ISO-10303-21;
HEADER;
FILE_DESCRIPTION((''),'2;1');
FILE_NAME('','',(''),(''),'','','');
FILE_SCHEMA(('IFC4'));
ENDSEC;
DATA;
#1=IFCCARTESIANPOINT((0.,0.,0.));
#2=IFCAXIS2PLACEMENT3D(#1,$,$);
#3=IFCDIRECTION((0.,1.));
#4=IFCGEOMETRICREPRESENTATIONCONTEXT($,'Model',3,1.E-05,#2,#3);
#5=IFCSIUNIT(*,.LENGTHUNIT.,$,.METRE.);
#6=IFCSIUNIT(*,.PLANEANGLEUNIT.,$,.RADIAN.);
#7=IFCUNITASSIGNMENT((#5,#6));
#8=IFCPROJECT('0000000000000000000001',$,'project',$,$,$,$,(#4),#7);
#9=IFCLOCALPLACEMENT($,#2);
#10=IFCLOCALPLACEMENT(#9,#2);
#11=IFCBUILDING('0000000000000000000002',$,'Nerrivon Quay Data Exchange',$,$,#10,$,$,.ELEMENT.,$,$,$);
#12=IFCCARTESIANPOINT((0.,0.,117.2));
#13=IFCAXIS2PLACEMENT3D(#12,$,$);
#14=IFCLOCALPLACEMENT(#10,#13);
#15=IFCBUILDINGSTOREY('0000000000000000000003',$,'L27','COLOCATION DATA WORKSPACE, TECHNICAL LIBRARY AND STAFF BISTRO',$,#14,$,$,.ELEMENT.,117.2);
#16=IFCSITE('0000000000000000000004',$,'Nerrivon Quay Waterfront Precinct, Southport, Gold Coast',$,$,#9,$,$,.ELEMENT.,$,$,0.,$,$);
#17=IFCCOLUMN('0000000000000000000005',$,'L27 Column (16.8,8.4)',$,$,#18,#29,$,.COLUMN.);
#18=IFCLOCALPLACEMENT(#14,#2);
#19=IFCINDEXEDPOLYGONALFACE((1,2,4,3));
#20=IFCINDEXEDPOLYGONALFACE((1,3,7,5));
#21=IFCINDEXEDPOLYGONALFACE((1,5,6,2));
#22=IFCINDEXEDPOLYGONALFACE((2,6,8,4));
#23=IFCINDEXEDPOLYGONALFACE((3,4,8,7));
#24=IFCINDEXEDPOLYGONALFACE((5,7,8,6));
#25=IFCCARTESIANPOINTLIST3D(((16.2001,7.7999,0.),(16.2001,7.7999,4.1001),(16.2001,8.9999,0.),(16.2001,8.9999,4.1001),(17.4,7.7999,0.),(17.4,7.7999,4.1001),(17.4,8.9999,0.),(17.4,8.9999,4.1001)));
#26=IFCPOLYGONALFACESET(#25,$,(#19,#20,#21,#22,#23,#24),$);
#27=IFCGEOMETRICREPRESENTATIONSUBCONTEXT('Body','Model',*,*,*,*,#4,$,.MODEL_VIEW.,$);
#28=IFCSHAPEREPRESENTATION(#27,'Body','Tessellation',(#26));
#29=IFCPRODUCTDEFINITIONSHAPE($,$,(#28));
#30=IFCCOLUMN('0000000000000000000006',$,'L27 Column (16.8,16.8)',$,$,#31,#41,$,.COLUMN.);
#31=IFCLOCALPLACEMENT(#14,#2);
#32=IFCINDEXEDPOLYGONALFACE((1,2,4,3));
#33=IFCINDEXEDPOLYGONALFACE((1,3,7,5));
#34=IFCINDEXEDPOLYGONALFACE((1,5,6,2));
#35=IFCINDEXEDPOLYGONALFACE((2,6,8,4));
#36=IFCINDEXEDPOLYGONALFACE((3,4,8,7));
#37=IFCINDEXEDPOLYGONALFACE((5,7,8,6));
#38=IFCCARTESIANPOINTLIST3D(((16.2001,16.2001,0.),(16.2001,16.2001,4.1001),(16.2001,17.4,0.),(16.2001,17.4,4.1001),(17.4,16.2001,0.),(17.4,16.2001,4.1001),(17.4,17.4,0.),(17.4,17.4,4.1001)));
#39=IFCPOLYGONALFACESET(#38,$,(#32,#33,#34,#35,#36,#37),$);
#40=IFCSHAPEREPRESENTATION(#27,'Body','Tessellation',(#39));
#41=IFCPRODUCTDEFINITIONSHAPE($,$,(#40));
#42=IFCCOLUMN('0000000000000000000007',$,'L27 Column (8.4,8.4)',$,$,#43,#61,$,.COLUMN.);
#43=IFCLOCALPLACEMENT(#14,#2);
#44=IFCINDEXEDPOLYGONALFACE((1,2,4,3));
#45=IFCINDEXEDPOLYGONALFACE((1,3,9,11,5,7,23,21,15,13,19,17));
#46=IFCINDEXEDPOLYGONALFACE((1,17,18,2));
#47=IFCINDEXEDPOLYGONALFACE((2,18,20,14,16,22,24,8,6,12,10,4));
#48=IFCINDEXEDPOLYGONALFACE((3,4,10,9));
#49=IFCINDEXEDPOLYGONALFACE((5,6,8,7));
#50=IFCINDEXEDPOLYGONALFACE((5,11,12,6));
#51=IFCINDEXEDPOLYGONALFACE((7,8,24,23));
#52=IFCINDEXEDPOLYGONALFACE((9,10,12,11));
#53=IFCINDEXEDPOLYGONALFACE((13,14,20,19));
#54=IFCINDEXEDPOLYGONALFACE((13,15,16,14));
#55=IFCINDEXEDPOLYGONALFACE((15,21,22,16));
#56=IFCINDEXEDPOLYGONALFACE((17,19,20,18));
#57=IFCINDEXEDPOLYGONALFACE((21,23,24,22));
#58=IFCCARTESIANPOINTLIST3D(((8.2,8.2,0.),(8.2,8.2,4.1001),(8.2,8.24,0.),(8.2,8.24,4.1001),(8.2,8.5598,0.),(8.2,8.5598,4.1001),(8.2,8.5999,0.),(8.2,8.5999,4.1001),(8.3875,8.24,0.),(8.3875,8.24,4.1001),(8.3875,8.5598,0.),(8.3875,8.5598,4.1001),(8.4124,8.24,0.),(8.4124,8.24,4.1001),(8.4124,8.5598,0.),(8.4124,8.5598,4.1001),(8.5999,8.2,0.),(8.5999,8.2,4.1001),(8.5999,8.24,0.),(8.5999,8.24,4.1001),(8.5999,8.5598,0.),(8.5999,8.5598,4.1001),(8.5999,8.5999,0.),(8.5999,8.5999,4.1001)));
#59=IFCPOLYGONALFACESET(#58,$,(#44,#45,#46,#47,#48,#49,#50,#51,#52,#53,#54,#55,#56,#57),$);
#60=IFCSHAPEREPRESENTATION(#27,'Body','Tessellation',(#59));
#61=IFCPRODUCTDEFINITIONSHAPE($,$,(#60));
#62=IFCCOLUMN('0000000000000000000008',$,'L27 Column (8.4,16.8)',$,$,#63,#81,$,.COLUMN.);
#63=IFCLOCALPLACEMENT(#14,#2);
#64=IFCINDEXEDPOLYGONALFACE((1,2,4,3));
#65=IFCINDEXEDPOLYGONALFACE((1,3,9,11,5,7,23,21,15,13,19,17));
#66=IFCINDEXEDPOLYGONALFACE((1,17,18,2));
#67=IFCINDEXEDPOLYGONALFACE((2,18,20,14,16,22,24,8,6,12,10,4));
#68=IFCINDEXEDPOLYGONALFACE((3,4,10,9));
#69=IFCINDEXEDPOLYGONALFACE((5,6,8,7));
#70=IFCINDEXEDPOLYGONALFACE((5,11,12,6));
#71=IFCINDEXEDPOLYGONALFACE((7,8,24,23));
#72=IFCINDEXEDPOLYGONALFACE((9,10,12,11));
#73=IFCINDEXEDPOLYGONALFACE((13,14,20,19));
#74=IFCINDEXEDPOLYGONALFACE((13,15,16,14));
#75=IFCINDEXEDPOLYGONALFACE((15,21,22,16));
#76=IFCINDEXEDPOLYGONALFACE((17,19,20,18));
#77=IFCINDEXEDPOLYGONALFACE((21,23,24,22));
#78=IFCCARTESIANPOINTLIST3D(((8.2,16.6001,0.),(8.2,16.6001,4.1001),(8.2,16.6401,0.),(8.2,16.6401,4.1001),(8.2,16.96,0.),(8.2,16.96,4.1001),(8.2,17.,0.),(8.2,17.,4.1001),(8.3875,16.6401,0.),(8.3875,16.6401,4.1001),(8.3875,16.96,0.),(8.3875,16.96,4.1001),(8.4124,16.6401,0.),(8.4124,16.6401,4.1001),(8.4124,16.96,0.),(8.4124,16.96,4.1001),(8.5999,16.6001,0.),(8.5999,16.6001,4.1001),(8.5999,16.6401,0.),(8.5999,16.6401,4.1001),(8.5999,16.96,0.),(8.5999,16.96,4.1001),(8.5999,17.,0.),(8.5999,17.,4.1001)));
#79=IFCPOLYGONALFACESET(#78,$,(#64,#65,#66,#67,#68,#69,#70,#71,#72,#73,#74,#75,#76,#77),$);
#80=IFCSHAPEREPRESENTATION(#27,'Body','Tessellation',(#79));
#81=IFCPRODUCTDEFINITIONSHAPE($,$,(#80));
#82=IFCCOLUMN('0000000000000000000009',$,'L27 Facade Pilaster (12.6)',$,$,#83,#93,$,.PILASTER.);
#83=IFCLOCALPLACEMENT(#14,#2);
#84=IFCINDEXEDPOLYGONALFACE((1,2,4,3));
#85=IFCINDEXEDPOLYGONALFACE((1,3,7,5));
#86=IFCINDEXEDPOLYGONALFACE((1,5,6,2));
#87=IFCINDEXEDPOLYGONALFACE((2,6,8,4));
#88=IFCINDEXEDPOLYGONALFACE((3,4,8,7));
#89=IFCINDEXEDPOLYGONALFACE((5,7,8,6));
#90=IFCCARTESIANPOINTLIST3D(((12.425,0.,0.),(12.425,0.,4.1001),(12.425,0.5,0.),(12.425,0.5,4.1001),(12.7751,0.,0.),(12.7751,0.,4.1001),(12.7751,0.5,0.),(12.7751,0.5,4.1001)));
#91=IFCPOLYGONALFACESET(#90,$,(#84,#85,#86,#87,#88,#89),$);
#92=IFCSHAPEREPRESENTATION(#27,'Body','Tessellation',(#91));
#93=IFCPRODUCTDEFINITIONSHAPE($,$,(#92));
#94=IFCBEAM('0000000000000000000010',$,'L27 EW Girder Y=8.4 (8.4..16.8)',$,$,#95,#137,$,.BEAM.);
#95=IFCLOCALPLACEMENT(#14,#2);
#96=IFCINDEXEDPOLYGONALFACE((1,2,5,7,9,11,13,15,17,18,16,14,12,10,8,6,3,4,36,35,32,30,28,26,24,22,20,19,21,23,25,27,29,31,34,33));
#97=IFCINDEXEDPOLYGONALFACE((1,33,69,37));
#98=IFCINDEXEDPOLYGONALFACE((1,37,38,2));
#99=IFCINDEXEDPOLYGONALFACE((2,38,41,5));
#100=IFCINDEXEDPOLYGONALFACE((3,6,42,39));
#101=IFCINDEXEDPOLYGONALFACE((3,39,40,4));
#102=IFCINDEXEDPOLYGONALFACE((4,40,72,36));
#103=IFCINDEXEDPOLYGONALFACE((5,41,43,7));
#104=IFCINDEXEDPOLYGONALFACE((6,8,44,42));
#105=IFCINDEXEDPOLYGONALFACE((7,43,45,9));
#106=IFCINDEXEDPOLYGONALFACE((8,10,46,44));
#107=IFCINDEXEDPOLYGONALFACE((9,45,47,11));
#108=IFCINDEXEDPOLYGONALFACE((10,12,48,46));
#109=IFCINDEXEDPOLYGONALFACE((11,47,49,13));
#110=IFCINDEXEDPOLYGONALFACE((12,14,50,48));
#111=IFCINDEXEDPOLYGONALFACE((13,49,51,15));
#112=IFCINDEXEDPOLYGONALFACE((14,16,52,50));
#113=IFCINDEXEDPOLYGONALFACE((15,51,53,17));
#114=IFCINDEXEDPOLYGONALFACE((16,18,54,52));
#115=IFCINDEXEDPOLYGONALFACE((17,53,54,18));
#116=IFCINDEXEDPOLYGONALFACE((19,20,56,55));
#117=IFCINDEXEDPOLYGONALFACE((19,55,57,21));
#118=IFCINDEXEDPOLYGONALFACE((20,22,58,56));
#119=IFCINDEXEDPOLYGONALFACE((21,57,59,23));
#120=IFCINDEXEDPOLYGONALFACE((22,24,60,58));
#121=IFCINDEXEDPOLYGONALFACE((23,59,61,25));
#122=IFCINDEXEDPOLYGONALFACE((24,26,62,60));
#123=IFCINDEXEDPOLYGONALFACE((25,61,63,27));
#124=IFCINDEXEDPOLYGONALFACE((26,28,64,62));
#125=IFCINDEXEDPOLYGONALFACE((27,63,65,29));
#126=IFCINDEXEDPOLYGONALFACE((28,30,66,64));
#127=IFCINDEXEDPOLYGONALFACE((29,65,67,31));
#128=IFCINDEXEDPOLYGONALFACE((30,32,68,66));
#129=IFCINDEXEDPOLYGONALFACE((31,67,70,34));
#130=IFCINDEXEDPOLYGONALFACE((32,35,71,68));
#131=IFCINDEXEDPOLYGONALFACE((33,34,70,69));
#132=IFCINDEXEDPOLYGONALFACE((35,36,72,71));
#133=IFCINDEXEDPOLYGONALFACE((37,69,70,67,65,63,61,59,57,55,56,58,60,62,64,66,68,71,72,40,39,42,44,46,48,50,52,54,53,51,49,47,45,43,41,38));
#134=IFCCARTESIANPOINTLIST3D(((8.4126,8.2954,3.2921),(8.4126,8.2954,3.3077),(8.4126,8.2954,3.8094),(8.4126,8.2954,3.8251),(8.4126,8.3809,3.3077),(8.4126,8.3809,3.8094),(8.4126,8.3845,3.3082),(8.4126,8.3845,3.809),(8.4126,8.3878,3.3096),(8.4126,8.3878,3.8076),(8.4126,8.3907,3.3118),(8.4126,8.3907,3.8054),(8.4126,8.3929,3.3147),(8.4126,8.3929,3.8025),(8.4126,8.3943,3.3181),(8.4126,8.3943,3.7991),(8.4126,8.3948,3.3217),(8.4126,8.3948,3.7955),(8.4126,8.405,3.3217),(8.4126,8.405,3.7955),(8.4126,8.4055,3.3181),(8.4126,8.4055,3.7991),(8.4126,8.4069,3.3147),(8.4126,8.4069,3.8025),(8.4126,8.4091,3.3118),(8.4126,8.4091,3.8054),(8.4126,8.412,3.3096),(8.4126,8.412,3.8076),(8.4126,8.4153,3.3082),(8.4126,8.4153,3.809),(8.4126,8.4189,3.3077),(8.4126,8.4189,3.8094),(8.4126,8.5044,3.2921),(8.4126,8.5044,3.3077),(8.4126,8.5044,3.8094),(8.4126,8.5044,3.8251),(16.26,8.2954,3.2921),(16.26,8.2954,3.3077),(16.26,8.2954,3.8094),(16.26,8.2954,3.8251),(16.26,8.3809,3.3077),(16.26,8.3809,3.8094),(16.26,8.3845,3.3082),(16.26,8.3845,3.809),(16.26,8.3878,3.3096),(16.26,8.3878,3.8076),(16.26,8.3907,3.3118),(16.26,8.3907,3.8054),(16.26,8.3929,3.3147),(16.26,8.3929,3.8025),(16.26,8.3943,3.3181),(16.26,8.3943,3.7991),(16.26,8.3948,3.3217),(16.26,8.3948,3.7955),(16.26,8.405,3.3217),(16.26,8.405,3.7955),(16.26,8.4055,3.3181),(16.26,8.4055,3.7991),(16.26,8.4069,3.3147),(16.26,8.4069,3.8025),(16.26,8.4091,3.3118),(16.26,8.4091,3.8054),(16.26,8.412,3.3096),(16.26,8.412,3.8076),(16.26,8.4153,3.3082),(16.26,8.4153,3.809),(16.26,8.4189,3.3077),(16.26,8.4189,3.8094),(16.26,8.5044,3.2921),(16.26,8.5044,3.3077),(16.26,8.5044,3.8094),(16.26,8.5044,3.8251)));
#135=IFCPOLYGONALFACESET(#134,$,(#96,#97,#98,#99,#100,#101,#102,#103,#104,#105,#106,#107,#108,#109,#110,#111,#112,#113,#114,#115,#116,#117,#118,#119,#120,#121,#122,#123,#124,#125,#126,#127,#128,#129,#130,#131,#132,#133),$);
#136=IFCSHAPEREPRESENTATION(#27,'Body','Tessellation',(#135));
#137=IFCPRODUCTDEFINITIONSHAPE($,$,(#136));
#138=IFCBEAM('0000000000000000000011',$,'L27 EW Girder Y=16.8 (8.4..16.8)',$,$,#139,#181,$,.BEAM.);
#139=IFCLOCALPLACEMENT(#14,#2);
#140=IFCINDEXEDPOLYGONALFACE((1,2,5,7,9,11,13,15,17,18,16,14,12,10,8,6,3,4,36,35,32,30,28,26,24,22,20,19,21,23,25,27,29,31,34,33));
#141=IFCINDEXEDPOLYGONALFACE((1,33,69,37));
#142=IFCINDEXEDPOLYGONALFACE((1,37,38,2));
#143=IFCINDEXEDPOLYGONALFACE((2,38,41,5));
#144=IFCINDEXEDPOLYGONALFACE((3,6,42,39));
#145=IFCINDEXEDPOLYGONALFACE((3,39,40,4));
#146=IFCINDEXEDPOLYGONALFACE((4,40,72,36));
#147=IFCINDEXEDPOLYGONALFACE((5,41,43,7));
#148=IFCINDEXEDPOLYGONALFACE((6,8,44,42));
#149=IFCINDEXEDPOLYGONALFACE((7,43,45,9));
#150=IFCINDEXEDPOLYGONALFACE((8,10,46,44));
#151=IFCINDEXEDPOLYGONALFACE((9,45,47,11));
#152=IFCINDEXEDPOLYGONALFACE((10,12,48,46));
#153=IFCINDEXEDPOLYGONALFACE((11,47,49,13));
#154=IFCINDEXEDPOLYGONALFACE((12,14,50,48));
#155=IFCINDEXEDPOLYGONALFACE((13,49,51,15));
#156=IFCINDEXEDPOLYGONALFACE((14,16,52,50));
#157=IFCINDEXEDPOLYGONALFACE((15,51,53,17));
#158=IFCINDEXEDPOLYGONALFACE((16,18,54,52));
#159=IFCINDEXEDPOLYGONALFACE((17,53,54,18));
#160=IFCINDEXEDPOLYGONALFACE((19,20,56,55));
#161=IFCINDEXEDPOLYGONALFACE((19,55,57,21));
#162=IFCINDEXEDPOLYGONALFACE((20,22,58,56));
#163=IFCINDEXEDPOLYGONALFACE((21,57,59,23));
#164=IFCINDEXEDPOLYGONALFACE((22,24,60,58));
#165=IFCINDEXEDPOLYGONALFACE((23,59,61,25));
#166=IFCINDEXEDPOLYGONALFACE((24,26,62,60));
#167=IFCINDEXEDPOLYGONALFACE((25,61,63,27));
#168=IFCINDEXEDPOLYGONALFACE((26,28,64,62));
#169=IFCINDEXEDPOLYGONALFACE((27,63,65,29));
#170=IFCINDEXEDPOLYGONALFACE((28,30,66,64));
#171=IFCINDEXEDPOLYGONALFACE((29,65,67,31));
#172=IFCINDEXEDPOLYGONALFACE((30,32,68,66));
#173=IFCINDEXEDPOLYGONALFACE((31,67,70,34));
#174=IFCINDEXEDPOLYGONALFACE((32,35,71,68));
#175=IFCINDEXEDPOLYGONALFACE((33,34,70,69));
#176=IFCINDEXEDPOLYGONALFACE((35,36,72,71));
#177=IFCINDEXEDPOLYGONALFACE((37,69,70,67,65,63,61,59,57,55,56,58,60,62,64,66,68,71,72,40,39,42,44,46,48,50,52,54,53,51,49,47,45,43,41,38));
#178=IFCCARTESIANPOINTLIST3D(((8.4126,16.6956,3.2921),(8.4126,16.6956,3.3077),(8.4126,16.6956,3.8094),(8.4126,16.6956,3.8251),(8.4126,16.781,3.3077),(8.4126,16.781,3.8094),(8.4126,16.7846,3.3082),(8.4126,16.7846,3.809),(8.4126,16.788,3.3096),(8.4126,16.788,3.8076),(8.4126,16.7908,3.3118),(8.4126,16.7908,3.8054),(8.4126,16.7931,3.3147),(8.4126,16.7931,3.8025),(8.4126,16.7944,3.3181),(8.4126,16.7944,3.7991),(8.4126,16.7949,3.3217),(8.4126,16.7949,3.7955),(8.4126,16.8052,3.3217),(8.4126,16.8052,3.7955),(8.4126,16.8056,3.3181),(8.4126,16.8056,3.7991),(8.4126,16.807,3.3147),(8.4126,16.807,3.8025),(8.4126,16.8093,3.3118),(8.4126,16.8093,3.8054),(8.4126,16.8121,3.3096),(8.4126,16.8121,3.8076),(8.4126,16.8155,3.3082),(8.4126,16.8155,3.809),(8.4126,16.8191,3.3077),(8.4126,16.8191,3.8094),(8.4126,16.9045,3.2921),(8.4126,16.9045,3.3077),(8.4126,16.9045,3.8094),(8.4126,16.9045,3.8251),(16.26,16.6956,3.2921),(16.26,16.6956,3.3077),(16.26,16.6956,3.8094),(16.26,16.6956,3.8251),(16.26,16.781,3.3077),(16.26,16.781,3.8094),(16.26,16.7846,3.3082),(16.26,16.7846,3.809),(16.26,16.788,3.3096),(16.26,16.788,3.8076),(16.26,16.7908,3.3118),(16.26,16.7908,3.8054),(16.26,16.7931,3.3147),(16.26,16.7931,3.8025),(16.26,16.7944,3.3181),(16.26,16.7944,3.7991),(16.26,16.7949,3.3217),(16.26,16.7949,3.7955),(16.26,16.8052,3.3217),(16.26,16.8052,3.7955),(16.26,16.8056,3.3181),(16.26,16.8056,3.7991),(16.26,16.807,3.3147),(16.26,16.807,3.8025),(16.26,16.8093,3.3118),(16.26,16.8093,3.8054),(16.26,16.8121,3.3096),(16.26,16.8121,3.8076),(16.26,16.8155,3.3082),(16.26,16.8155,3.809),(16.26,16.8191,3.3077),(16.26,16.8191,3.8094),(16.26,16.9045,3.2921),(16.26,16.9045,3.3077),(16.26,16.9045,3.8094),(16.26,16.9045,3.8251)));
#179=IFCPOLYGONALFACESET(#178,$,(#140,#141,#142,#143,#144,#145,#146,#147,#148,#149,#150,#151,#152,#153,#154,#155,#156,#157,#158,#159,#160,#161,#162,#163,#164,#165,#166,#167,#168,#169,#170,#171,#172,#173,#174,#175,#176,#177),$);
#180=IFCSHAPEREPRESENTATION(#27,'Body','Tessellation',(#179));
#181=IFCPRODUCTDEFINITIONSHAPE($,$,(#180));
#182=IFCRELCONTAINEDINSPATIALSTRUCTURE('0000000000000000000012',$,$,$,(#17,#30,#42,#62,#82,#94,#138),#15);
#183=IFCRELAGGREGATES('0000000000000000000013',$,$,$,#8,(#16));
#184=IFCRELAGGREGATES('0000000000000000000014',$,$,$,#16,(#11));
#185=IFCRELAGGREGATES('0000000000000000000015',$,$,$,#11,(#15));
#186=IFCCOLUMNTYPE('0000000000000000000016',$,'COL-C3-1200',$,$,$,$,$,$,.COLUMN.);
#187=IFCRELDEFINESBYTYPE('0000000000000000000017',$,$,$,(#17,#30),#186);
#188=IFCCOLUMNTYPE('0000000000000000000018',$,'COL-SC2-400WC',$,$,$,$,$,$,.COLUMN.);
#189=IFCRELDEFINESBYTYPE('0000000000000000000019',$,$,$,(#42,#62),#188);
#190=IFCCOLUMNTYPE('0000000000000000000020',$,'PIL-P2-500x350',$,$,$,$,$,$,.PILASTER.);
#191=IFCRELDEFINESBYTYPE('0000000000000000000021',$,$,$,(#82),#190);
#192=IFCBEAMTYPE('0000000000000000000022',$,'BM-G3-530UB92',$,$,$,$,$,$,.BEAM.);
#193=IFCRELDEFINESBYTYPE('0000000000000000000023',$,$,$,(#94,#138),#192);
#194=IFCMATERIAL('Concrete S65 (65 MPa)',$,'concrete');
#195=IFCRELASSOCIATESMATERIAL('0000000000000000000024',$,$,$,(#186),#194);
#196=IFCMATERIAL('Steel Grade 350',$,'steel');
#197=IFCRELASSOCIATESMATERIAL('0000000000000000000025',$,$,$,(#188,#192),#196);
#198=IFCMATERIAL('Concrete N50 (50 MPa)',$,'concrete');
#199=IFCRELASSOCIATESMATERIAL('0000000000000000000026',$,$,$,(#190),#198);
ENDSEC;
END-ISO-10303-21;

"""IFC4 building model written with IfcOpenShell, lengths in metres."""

from ifc_helpers import new_model, si_unit, direction, frame, origin, origin_2d, place, context, subcontext, project, spatial, rectangle, i_section, extrude, material, material_profile, profile_set, type_object, element, save


model = new_model("IFC4")

# Units and contexts
model_context = context("Model", 3, precision=1e-05, world=origin(), true_north=direction((0.0, 1.0)))
body_context = subcontext(model_context, "Body", "Model", "MODEL_VIEW")
ifc_project = project(units=[si_unit("LENGTHUNIT", "METRE"), si_unit("PLANEANGLEUNIT", "RADIAN")], contexts=[model_context])

# Site, building, storey
site_placement = place(None, origin())
site = spatial("IfcSite", under=ifc_project, at=site_placement, Name="Nerrivon Quay Waterfront Precinct, Southport, Gold Coast", CompositionType="ELEMENT", RefElevation=0.0)
building_placement = place(site_placement, origin())
building = spatial("IfcBuilding", under=site, at=building_placement, Name="Nerrivon Quay Data Exchange", CompositionType="ELEMENT")
storey_placement = place(building_placement, frame((0.0, 0.0, 117.2)))
storey = spatial("IfcBuildingStorey", under=building, at=storey_placement, Name="L27", Description="COLOCATION DATA WORKSPACE, TECHNICAL LIBRARY AND STAFF BISTRO", CompositionType="ELEMENT", Elevation=117.2)

# Columns
ifc_material_1 = material(Name="Concrete S65 (65 MPa)", Category="concrete")
ifc_material_profile_1 = material_profile(ifc_material_1, rectangle(XDim=1.2, YDim=1.2, at=origin_2d()), Name="RC-COL-1200x1200")
ifc_profile_set_1 = profile_set([ifc_material_profile_1], Name="Concrete S65 (65 MPa)")
column_type_1 = type_object("IfcColumnType", Name="COL-C3-1200", PredefinedType="COLUMN", material=ifc_profile_set_1)
for number, where, z_axis, x_axis, name in (
    (1, (16.8, 8.3999, 0.0), (0.0, 0.0, 1.0), (1.0, 0.0, 0.0), "L27 Column (16.8,8.4)"),
    (2, (16.8, 16.8, 0.0), (0.0, 0.0, 1.0), (1.0, 0.0, 0.0), "L27 Column (16.8,16.8)"),
):
    element("IfcColumn", number, at=place(storey_placement, frame(where, z_axis=z_axis, x_axis=x_axis)), inside=storey, type_object=column_type_1, Name=name, PredefinedType="COLUMN", context=body_context, shape_type="SweptSolid", body=[
        extrude(rectangle(XDim=1.2, YDim=1.2, at=origin_2d()), origin(), (0.0, 0.0, 1.0), 4.1001),
    ])
ifc_material_2 = material(Name="Steel Grade 350", Category="steel")
ifc_material_profile_2 = material_profile(ifc_material_2, i_section(OverallWidth=0.3999, OverallDepth=0.3999, WebThickness=0.0249, FlangeThickness=0.04, at=origin_2d()), Name="400WC328")
ifc_profile_set_2 = profile_set([ifc_material_profile_2], Name="Steel Grade 350")
column_type_2 = type_object("IfcColumnType", Name="COL-SC2-400WC", PredefinedType="COLUMN", material=ifc_profile_set_2)
for number, where, z_axis, x_axis, name in (
    (3, (8.3999, 8.3999, 0.0), (0.0, 0.0, 1.0), (1.0, 0.0, 0.0), "L27 Column (8.4,8.4)"),
    (4, (8.3999, 16.8, 0.0), (0.0, 0.0, 1.0), (1.0, 0.0, 0.0), "L27 Column (8.4,16.8)"),
):
    element("IfcColumn", number, at=place(storey_placement, frame(where, z_axis=z_axis, x_axis=x_axis)), inside=storey, type_object=column_type_2, Name=name, PredefinedType="COLUMN", context=body_context, shape_type="SweptSolid", body=[
        extrude(i_section(OverallWidth=0.3999, OverallDepth=0.3999, WebThickness=0.0249, FlangeThickness=0.04, at=origin_2d()), origin(), (0.0, 0.0, 1.0), 4.1001),
    ])
ifc_material_3 = material(Name="Concrete N50 (50 MPa)", Category="concrete")
ifc_material_profile_3 = material_profile(ifc_material_3, rectangle(XDim=0.3501, YDim=0.5, at=origin_2d()), Name="RC-PIL-500x350")
ifc_profile_set_3 = profile_set([ifc_material_profile_3], Name="Concrete N50 (50 MPa)")
column_type_3 = type_object("IfcColumnType", Name="PIL-P2-500x350", PredefinedType="PILASTER", material=ifc_profile_set_3)
column_placement = place(storey_placement, frame((12.6001, 0.25, 0.0), z_axis=(0.0, 0.0, 1.0), x_axis=(1.0, 0.0, 0.0)))
element("IfcColumn", 5, at=column_placement, inside=storey, type_object=column_type_3, Name="L27 Facade Pilaster (12.6)", PredefinedType="PILASTER", context=body_context, shape_type="SweptSolid", body=[
    extrude(rectangle(XDim=0.3501, YDim=0.5, at=origin_2d()), origin(), (0.0, 0.0, 1.0), 4.1001),
])

# Beams
ifc_material_profile_4 = material_profile(ifc_material_2, i_section(OverallWidth=0.209, OverallDepth=0.533, WebThickness=0.0103, FlangeThickness=0.0156, FilletRadius=0.0139, at=origin_2d()), Name="530UB92.4")
ifc_profile_set_4 = profile_set([ifc_material_profile_4], Name="Steel Grade 350")
beam_type_1 = type_object("IfcBeamType", Name="BM-G3-530UB92", PredefinedType="BEAM", material=ifc_profile_set_4)
for number, where, z_axis, x_axis, name in (
    (6, (8.4126, 8.3999, 3.5586), (1.0, 0.0, 0.0), (0.0, 1.0, 0.0), "L27 EW Girder Y=8.4 (8.4..16.8)"),
    (7, (8.4126, 16.8, 3.5586), (1.0, 0.0, 0.0), (0.0, 1.0, 0.0), "L27 EW Girder Y=16.8 (8.4..16.8)"),
):
    element("IfcBeam", number, at=place(storey_placement, frame(where, z_axis=z_axis, x_axis=x_axis)), inside=storey, type_object=beam_type_1, Name=name, PredefinedType="BEAM", context=body_context, shape_type="SweptSolid", body=[
        extrude(i_section(OverallWidth=0.209, OverallDepth=0.533, WebThickness=0.0103, FlangeThickness=0.0156, FilletRadius=0.0139, at=origin_2d()), origin(), (0.0, 0.0, 1.0), 7.8474),
    ])

save(model, "model.ifc")
